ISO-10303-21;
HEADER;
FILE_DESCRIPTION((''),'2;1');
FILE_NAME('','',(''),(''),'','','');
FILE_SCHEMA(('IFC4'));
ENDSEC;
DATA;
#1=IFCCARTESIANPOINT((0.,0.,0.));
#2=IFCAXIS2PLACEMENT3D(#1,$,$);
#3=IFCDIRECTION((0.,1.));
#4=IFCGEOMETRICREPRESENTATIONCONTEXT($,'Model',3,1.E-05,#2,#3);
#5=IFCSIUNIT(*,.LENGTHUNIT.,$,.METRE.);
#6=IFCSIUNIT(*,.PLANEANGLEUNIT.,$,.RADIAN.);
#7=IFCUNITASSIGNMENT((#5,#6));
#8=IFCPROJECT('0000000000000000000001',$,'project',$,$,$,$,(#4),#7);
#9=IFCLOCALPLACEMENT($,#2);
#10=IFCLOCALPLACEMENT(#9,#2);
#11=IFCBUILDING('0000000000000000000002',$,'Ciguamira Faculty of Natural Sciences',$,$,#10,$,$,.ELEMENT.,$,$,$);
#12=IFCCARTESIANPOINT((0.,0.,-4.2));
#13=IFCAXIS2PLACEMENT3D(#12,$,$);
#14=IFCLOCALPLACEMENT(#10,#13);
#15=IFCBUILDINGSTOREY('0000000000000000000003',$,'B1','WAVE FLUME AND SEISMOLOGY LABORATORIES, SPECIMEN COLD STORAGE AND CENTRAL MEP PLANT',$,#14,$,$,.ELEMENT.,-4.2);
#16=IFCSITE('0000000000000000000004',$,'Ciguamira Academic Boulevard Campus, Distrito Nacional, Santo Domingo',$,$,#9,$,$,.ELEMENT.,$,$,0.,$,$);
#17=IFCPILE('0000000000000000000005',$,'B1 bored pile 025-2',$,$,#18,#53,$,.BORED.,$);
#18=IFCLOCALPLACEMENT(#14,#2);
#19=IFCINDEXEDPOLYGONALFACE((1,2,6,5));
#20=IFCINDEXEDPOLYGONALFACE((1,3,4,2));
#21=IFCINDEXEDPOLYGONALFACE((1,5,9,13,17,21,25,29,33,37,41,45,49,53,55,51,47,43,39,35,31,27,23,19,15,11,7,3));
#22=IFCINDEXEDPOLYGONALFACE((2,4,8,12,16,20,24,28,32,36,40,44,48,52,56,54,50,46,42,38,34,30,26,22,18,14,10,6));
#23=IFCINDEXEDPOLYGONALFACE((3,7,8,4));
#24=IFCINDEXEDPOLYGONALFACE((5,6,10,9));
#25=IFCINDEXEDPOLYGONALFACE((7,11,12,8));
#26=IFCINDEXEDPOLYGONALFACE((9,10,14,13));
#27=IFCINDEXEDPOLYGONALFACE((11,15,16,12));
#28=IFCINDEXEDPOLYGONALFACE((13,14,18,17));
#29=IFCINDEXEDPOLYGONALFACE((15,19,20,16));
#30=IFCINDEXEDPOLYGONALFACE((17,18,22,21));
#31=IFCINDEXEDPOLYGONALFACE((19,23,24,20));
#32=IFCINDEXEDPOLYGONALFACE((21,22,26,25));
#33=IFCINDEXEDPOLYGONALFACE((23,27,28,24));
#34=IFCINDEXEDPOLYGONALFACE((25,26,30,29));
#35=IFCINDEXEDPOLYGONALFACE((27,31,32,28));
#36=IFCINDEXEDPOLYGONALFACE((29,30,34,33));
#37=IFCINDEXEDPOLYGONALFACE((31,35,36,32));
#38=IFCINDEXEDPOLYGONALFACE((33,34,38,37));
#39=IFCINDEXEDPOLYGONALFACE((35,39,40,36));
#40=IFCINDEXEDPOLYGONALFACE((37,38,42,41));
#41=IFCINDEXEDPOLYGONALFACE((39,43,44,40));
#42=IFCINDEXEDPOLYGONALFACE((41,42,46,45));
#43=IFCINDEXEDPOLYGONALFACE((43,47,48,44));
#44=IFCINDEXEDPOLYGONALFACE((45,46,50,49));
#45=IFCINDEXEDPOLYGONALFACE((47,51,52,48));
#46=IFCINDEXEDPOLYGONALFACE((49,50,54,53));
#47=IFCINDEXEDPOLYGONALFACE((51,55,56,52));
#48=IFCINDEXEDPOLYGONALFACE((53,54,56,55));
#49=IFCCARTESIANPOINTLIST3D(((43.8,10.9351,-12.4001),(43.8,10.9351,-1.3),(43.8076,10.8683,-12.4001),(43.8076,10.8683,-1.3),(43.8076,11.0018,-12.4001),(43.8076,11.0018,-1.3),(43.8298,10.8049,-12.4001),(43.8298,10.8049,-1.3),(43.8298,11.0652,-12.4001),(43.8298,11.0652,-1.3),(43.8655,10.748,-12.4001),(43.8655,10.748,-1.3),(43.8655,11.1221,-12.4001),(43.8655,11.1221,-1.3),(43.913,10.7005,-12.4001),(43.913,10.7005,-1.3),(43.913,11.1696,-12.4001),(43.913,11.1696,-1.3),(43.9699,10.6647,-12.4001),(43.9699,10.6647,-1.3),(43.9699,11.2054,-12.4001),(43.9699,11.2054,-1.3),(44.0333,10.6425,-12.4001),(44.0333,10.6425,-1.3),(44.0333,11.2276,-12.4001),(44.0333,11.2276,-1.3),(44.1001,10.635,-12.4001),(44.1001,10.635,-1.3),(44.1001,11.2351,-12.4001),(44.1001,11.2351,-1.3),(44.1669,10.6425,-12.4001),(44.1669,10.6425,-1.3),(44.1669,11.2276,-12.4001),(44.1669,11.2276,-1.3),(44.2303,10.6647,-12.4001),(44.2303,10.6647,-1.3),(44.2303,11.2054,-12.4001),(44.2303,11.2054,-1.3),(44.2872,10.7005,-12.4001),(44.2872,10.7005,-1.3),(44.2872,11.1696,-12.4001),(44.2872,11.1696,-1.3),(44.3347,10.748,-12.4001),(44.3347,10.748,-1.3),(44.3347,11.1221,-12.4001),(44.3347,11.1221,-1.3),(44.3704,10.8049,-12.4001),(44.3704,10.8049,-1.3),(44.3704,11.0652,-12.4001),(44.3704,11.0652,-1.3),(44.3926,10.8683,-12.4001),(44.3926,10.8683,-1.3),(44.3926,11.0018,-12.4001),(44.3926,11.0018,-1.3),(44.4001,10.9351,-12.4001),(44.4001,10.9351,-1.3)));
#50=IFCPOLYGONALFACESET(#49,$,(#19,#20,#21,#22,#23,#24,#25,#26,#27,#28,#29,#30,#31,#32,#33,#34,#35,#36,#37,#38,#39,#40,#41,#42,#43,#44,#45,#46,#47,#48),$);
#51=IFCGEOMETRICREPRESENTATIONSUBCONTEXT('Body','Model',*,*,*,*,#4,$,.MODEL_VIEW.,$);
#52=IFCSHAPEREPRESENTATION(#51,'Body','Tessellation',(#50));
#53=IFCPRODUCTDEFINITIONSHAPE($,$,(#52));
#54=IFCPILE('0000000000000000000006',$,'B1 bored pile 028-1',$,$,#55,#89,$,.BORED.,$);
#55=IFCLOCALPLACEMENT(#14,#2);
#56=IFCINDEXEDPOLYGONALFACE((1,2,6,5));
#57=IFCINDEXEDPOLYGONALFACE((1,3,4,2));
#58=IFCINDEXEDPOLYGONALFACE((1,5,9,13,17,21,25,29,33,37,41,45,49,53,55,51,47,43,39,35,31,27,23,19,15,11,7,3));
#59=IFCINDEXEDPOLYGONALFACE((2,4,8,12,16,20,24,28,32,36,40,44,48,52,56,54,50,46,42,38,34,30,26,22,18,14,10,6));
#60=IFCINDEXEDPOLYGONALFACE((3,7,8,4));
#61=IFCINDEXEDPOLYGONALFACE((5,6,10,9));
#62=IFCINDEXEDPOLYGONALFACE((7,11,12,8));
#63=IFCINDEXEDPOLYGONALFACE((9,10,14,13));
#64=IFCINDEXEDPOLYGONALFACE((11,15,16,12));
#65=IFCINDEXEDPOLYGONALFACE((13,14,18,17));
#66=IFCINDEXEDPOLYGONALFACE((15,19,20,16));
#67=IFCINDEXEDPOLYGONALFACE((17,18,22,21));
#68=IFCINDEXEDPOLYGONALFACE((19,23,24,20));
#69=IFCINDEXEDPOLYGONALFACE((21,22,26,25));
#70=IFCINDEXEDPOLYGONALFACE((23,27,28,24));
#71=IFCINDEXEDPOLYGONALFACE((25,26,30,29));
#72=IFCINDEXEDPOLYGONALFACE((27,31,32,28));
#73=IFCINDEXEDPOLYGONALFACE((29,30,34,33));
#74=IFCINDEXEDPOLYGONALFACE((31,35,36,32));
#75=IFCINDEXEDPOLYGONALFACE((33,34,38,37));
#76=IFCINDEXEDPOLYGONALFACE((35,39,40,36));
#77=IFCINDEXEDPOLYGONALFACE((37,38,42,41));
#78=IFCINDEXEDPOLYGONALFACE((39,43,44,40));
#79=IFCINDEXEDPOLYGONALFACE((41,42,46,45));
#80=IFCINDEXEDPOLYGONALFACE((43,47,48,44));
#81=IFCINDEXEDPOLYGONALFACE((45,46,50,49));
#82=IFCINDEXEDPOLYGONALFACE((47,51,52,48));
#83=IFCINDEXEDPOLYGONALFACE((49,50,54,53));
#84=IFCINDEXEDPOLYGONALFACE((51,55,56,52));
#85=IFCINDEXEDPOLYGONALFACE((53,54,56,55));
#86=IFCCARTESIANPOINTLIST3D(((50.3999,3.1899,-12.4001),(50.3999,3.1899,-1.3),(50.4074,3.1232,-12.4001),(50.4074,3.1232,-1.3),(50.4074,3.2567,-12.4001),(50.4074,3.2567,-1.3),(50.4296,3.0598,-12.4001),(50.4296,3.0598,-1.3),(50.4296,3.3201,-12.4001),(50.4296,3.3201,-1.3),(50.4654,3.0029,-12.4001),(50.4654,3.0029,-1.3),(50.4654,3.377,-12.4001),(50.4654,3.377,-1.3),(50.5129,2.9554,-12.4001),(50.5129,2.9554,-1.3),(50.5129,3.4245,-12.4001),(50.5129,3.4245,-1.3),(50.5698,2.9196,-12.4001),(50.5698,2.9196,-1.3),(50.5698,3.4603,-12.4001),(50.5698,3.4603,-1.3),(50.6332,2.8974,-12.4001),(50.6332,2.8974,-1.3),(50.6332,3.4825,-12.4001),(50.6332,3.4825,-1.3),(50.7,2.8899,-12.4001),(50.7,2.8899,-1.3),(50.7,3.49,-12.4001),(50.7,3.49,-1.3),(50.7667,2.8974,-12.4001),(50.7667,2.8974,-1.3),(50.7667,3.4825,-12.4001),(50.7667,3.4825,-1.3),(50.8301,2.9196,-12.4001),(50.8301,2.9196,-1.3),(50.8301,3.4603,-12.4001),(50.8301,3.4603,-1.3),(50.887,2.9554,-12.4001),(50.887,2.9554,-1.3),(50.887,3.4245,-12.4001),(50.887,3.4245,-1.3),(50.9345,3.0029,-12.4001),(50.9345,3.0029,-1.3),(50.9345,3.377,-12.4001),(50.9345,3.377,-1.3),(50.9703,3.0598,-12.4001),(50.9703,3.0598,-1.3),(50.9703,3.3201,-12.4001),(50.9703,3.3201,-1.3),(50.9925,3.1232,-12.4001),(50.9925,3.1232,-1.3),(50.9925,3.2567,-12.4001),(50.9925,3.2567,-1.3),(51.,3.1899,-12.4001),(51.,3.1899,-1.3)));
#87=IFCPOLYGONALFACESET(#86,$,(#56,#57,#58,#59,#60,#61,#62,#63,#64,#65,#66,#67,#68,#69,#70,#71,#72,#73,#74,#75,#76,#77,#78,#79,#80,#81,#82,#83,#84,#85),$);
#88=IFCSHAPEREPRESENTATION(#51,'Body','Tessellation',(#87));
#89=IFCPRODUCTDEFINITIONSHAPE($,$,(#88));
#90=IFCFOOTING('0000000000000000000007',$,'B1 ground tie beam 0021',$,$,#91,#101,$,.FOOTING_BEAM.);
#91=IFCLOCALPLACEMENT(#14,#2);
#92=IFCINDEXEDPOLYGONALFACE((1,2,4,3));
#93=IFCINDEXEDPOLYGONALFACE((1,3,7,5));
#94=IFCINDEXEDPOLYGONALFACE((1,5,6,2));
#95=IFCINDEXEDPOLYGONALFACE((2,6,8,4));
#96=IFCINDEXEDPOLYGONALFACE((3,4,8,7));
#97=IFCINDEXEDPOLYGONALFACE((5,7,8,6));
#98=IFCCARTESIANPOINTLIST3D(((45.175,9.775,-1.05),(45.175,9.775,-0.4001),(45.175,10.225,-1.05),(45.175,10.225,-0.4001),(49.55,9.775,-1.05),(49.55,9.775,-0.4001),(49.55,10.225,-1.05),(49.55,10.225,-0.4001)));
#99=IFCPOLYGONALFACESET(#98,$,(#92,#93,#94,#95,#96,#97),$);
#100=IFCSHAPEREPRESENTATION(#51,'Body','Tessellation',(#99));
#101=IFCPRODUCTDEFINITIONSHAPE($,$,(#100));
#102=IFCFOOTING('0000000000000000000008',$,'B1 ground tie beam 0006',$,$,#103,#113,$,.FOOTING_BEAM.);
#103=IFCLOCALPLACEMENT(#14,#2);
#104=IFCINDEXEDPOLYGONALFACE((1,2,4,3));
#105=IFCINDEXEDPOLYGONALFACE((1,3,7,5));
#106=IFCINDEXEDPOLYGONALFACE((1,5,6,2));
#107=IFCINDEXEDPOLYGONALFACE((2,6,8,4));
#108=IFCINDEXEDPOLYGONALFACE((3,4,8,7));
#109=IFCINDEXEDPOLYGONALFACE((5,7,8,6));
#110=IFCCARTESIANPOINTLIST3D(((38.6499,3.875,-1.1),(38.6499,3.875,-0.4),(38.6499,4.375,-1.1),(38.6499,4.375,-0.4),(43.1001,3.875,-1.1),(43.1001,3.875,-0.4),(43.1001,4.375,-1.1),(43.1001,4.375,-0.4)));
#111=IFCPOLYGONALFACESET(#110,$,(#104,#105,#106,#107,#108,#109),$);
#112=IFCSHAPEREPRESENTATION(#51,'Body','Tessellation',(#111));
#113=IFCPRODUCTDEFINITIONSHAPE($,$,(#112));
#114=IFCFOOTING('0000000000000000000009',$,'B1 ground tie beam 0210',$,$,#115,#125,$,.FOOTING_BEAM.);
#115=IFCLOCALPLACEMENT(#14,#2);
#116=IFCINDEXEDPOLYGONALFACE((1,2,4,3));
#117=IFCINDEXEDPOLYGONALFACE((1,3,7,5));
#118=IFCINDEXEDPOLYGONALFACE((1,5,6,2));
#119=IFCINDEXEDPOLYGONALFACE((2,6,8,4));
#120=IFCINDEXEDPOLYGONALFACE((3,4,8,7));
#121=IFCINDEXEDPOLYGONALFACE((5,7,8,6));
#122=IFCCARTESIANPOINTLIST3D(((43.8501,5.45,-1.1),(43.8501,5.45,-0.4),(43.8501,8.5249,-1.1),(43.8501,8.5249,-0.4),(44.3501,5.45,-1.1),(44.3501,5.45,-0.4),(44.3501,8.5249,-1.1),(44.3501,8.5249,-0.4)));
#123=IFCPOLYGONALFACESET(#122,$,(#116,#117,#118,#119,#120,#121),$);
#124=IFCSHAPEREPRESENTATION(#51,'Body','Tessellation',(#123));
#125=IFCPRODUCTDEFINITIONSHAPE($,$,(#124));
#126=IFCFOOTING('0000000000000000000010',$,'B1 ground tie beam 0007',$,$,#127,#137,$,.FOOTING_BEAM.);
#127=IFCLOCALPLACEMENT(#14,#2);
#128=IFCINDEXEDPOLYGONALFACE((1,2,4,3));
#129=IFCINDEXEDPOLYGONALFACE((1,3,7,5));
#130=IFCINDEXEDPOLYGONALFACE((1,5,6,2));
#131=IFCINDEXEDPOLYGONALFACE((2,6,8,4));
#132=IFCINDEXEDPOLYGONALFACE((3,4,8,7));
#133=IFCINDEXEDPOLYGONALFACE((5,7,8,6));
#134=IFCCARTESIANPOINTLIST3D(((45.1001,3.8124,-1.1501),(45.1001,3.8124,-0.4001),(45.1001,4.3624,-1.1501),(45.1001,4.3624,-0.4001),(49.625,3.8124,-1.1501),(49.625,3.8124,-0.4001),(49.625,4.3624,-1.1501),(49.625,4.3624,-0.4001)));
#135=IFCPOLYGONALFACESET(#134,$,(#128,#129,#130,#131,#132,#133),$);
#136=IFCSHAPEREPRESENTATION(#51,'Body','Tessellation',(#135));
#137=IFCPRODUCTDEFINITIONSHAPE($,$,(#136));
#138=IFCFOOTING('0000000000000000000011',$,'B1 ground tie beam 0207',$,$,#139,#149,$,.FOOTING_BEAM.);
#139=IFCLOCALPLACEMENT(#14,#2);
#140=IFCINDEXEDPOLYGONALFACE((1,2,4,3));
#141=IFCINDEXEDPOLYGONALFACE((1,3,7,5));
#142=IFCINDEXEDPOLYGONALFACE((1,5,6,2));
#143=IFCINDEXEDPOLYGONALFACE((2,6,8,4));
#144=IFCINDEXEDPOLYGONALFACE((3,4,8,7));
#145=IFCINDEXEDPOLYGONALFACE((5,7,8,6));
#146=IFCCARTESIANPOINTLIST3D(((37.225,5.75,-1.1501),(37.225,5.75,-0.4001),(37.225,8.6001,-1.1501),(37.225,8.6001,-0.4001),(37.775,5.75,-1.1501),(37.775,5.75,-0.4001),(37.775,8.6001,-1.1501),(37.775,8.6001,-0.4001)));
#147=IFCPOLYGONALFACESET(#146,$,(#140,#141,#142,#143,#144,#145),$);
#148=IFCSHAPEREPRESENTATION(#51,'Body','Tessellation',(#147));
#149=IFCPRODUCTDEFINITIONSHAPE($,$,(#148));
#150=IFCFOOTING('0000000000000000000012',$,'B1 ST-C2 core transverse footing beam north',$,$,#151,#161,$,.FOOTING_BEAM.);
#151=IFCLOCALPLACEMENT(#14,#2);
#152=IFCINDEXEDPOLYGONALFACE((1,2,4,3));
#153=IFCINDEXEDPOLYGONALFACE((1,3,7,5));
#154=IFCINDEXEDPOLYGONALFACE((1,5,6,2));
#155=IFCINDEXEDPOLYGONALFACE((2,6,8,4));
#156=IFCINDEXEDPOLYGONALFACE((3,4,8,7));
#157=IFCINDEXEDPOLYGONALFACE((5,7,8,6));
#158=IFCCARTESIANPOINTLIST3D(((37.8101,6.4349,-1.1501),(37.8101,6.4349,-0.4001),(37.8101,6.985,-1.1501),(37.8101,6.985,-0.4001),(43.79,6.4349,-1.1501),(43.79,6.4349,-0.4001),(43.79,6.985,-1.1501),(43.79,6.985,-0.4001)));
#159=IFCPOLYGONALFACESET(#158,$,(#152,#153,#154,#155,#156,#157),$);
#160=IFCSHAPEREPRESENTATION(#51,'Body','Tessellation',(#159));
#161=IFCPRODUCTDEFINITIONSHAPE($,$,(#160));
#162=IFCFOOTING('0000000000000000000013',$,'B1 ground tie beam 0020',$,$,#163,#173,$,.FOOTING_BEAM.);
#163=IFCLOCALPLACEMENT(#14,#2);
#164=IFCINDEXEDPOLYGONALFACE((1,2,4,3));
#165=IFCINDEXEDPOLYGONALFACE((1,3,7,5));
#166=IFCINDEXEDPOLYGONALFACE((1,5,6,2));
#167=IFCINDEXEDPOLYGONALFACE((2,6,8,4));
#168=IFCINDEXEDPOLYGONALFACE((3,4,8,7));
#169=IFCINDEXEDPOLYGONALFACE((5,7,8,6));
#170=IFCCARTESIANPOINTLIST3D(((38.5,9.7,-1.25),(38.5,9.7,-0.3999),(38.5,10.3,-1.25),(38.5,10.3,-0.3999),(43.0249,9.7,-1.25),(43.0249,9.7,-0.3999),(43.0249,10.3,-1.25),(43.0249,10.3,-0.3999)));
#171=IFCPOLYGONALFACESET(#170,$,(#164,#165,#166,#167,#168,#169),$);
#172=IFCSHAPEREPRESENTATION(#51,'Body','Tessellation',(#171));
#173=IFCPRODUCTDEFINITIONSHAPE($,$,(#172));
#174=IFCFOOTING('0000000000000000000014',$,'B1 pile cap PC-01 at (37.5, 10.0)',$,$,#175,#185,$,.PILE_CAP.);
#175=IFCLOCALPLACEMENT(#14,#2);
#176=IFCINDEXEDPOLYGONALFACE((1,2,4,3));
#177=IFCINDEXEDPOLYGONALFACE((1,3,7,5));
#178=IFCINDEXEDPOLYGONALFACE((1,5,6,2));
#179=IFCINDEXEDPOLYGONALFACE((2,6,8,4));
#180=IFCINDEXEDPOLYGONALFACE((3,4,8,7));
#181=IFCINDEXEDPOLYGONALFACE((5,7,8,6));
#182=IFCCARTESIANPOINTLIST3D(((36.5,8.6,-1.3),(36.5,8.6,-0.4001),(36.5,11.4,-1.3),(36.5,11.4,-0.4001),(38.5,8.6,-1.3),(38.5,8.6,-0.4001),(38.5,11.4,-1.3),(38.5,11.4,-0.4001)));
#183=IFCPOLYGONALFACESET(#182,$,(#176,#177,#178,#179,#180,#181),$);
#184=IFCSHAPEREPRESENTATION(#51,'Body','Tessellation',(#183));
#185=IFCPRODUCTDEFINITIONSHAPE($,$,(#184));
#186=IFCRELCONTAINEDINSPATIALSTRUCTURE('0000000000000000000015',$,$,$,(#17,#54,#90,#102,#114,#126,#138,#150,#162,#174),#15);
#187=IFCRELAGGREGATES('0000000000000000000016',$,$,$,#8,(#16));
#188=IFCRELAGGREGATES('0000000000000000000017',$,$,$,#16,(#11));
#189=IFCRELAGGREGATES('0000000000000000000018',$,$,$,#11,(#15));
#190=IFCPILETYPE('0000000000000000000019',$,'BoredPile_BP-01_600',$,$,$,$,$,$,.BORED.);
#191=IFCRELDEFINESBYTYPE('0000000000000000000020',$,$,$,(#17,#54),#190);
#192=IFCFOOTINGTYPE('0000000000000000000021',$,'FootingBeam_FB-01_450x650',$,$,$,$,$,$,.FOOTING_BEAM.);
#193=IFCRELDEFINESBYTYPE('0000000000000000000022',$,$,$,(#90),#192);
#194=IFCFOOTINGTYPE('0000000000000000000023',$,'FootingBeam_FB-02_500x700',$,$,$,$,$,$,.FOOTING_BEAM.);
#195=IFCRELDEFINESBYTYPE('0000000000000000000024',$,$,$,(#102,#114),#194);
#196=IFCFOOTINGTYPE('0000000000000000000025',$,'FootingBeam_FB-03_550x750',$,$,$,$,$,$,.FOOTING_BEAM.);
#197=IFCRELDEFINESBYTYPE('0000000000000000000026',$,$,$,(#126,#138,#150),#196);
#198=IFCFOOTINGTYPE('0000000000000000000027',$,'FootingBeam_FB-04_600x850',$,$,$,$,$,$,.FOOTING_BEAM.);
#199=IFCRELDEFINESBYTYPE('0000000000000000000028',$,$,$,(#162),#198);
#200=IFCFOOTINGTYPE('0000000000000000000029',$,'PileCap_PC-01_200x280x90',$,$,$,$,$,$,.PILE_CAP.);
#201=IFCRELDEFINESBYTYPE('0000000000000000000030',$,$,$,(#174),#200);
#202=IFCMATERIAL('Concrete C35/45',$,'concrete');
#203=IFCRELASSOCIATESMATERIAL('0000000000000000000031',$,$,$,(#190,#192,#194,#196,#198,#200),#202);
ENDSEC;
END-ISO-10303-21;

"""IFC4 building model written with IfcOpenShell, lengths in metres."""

from ifc_helpers import new_model, si_unit, direction, frame, origin, origin_2d, place, context, subcontext, project, spatial, rectangle, circle, extrude, material, material_profile, profile_set, type_object, element, save


model = new_model("IFC4")

# Units and contexts
model_context = context("Model", 3, precision=1e-05, world=origin(), true_north=direction((0.0, 1.0)))
body_context = subcontext(model_context, "Body", "Model", "MODEL_VIEW")
ifc_project = project(units=[si_unit("LENGTHUNIT", "METRE"), si_unit("PLANEANGLEUNIT", "RADIAN")], contexts=[model_context])

# Site, building, storey
site_placement = place(None, origin())
site = spatial("IfcSite", under=ifc_project, at=site_placement, Name="Ciguamira Academic Boulevard Campus, Distrito Nacional, Santo Domingo", CompositionType="ELEMENT", RefElevation=0.0)
building_placement = place(site_placement, origin())
building = spatial("IfcBuilding", under=site, at=building_placement, Name="Ciguamira Faculty of Natural Sciences", CompositionType="ELEMENT")
storey_placement = place(building_placement, frame((0.0, 0.0, -4.2)))
storey = spatial("IfcBuildingStorey", under=building, at=storey_placement, Name="B1", Description="WAVE FLUME AND SEISMOLOGY LABORATORIES, SPECIMEN COLD STORAGE AND CENTRAL MEP PLANT", CompositionType="ELEMENT", Elevation=-4.2)

# Piles
ifc_material_1 = material(Name="Concrete C35/45", Category="concrete")
ifc_material_profile_1 = material_profile(ifc_material_1, circle(Radius=0.3, at=origin_2d()), Name="PILE-BORED-600")
ifc_profile_set_1 = profile_set([ifc_material_profile_1], Name="Concrete C35/45")
pile_type = type_object("IfcPileType", Name="BoredPile_BP-01_600", PredefinedType="BORED", material=ifc_profile_set_1)
for number, where, z_axis, x_axis, name in (
    (1, (44.1001, 10.9351, -1.3), (0.0, 0.0, -1.0), (1.0, 0.0, 0.0), "B1 bored pile 025-2"),
    (2, (50.7, 3.1899, -1.3), (0.0, 0.0, -1.0), (1.0, 0.0, 0.0), "B1 bored pile 028-1"),
):
    element("IfcPile", number, at=place(storey_placement, frame(where, z_axis=z_axis, x_axis=x_axis)), inside=storey, type_object=pile_type, Name=name, PredefinedType="BORED", context=body_context, shape_type="SweptSolid", body=[
        extrude(circle(Radius=0.3, at=origin_2d()), origin(), (0.0, 0.0, 1.0), 11.1001),
    ])

# Footings
ifc_material_profile_2 = material_profile(ifc_material_1, rectangle(XDim=0.45, YDim=0.6499, at=origin_2d()), Name="RC-FB-450X650")
ifc_profile_set_2 = profile_set([ifc_material_profile_2], Name="Concrete C35/45")
footing_type_1 = type_object("IfcFootingType", Name="FootingBeam_FB-01_450x650", PredefinedType="FOOTING_BEAM", material=ifc_profile_set_2)
footing_1_placement = place(storey_placement, frame((45.175, 10.0, -0.7251), z_axis=(1.0, 0.0, 0.0), x_axis=(0.0, 1.0, 0.0)))
element("IfcFooting", 3, at=footing_1_placement, inside=storey, type_object=footing_type_1, Name="B1 ground tie beam 0021", PredefinedType="FOOTING_BEAM", context=body_context, shape_type="SweptSolid", body=[
    extrude(rectangle(XDim=0.45, YDim=0.6499, at=origin_2d()), origin(), (0.0, 0.0, 1.0), 4.375),
])
ifc_material_profile_3 = material_profile(ifc_material_1, rectangle(XDim=0.5, YDim=0.7, at=origin_2d()), Name="RC-FB-500X700")
ifc_profile_set_3 = profile_set([ifc_material_profile_3], Name="Concrete C35/45")
footing_type_2 = type_object("IfcFootingType", Name="FootingBeam_FB-02_500x700", PredefinedType="FOOTING_BEAM", material=ifc_profile_set_3)
footing_2_placement = place(storey_placement, frame((38.6499, 4.125, -0.75), z_axis=(1.0, 0.0, 0.0), x_axis=(0.0, 1.0, 0.0)))
element("IfcFooting", 4, at=footing_2_placement, inside=storey, type_object=footing_type_2, Name="B1 ground tie beam 0006", PredefinedType="FOOTING_BEAM", context=body_context, shape_type="SweptSolid", body=[
    extrude(rectangle(XDim=0.5, YDim=0.7, at=origin_2d()), origin(), (0.0, 0.0, 1.0), 4.4502),
])
footing_3_placement = place(storey_placement, frame((44.1001, 5.45, -0.75), z_axis=(0.0, 1.0, 0.0), x_axis=(-1.0, 0.0, 0.0)))
element("IfcFooting", 5, at=footing_3_placement, inside=storey, type_object=footing_type_2, Name="B1 ground tie beam 0210", PredefinedType="FOOTING_BEAM", context=body_context, shape_type="SweptSolid", body=[
    extrude(rectangle(XDim=0.5, YDim=0.7, at=origin_2d()), origin(), (0.0, 0.0, 1.0), 3.075),
])
ifc_material_profile_4 = material_profile(ifc_material_1, rectangle(XDim=0.55, YDim=0.75, at=origin_2d()), Name="RC-FB-550X750")
ifc_profile_set_4 = profile_set([ifc_material_profile_4], Name="Concrete C35/45")
footing_type_3 = type_object("IfcFootingType", Name="FootingBeam_FB-03_550x750", PredefinedType="FOOTING_BEAM", material=ifc_profile_set_4)
footing_4_placement = place(storey_placement, frame((45.1001, 4.0874, -0.7751), z_axis=(1.0, 0.0, 0.0), x_axis=(0.0, 1.0, 0.0)))
element("IfcFooting", 6, at=footing_4_placement, inside=storey, type_object=footing_type_3, Name="B1 ground tie beam 0007", PredefinedType="FOOTING_BEAM", context=body_context, shape_type="SweptSolid", body=[
    extrude(rectangle(XDim=0.55, YDim=0.75, at=origin_2d()), origin(), (0.0, 0.0, 1.0), 4.5249),
])
footing_5_placement = place(storey_placement, frame((37.5, 5.75, -0.7751), z_axis=(0.0, 1.0, 0.0), x_axis=(-1.0, 0.0, 0.0)))
element("IfcFooting", 7, at=footing_5_placement, inside=storey, type_object=footing_type_3, Name="B1 ground tie beam 0207", PredefinedType="FOOTING_BEAM", context=body_context, shape_type="SweptSolid", body=[
    extrude(rectangle(XDim=0.55, YDim=0.75, at=origin_2d()), origin(), (0.0, 0.0, 1.0), 2.8501),
])
footing_6_placement = place(storey_placement, frame((37.8101, 6.71, -0.7751), z_axis=(1.0, 0.0, 0.0), x_axis=(0.0, 1.0, 0.0)))
element("IfcFooting", 8, at=footing_6_placement, inside=storey, type_object=footing_type_3, Name="B1 ST-C2 core transverse footing beam north", PredefinedType="FOOTING_BEAM", context=body_context, shape_type="SweptSolid", body=[
    extrude(rectangle(XDim=0.55, YDim=0.75, at=origin_2d()), origin(), (0.0, 0.0, 1.0), 5.98),
])
ifc_material_profile_5 = material_profile(ifc_material_1, rectangle(XDim=0.6001, YDim=0.8501, at=origin_2d()), Name="RC-FB-600X850")
ifc_profile_set_5 = profile_set([ifc_material_profile_5], Name="Concrete C35/45")
footing_type_4 = type_object("IfcFootingType", Name="FootingBeam_FB-04_600x850", PredefinedType="FOOTING_BEAM", material=ifc_profile_set_5)
footing_7_placement = place(storey_placement, frame((38.5, 10.0, -0.825), z_axis=(1.0, 0.0, 0.0), x_axis=(0.0, 1.0, 0.0)))
element("IfcFooting", 9, at=footing_7_placement, inside=storey, type_object=footing_type_4, Name="B1 ground tie beam 0020", PredefinedType="FOOTING_BEAM", context=body_context, shape_type="SweptSolid", body=[
    extrude(rectangle(XDim=0.6001, YDim=0.8501, at=origin_2d()), origin(), (0.0, 0.0, 1.0), 4.5249),
])
footing_type_5 = type_object("IfcFootingType", Name="PileCap_PC-01_200x280x90", PredefinedType="PILE_CAP", material=ifc_material_1)
for number, where, z_axis, x_axis, name in (
    (10, (37.5, 10.0, -1.3), (0.0, 0.0, 1.0), (1.0, 0.0, 0.0), "B1 pile cap PC-01 at (37.5, 10.0)"),
):
    element("IfcFooting", number, at=place(storey_placement, frame(where, z_axis=z_axis, x_axis=x_axis)), inside=storey, type_object=footing_type_5, Name=name, PredefinedType="PILE_CAP", context=body_context, shape_type="SweptSolid", body=[
        extrude(rectangle(XDim=2.0, YDim=2.8, at=origin_2d()), origin(), (0.0, 0.0, 1.0), 0.8999),
    ])

save(model, "model.ifc")
